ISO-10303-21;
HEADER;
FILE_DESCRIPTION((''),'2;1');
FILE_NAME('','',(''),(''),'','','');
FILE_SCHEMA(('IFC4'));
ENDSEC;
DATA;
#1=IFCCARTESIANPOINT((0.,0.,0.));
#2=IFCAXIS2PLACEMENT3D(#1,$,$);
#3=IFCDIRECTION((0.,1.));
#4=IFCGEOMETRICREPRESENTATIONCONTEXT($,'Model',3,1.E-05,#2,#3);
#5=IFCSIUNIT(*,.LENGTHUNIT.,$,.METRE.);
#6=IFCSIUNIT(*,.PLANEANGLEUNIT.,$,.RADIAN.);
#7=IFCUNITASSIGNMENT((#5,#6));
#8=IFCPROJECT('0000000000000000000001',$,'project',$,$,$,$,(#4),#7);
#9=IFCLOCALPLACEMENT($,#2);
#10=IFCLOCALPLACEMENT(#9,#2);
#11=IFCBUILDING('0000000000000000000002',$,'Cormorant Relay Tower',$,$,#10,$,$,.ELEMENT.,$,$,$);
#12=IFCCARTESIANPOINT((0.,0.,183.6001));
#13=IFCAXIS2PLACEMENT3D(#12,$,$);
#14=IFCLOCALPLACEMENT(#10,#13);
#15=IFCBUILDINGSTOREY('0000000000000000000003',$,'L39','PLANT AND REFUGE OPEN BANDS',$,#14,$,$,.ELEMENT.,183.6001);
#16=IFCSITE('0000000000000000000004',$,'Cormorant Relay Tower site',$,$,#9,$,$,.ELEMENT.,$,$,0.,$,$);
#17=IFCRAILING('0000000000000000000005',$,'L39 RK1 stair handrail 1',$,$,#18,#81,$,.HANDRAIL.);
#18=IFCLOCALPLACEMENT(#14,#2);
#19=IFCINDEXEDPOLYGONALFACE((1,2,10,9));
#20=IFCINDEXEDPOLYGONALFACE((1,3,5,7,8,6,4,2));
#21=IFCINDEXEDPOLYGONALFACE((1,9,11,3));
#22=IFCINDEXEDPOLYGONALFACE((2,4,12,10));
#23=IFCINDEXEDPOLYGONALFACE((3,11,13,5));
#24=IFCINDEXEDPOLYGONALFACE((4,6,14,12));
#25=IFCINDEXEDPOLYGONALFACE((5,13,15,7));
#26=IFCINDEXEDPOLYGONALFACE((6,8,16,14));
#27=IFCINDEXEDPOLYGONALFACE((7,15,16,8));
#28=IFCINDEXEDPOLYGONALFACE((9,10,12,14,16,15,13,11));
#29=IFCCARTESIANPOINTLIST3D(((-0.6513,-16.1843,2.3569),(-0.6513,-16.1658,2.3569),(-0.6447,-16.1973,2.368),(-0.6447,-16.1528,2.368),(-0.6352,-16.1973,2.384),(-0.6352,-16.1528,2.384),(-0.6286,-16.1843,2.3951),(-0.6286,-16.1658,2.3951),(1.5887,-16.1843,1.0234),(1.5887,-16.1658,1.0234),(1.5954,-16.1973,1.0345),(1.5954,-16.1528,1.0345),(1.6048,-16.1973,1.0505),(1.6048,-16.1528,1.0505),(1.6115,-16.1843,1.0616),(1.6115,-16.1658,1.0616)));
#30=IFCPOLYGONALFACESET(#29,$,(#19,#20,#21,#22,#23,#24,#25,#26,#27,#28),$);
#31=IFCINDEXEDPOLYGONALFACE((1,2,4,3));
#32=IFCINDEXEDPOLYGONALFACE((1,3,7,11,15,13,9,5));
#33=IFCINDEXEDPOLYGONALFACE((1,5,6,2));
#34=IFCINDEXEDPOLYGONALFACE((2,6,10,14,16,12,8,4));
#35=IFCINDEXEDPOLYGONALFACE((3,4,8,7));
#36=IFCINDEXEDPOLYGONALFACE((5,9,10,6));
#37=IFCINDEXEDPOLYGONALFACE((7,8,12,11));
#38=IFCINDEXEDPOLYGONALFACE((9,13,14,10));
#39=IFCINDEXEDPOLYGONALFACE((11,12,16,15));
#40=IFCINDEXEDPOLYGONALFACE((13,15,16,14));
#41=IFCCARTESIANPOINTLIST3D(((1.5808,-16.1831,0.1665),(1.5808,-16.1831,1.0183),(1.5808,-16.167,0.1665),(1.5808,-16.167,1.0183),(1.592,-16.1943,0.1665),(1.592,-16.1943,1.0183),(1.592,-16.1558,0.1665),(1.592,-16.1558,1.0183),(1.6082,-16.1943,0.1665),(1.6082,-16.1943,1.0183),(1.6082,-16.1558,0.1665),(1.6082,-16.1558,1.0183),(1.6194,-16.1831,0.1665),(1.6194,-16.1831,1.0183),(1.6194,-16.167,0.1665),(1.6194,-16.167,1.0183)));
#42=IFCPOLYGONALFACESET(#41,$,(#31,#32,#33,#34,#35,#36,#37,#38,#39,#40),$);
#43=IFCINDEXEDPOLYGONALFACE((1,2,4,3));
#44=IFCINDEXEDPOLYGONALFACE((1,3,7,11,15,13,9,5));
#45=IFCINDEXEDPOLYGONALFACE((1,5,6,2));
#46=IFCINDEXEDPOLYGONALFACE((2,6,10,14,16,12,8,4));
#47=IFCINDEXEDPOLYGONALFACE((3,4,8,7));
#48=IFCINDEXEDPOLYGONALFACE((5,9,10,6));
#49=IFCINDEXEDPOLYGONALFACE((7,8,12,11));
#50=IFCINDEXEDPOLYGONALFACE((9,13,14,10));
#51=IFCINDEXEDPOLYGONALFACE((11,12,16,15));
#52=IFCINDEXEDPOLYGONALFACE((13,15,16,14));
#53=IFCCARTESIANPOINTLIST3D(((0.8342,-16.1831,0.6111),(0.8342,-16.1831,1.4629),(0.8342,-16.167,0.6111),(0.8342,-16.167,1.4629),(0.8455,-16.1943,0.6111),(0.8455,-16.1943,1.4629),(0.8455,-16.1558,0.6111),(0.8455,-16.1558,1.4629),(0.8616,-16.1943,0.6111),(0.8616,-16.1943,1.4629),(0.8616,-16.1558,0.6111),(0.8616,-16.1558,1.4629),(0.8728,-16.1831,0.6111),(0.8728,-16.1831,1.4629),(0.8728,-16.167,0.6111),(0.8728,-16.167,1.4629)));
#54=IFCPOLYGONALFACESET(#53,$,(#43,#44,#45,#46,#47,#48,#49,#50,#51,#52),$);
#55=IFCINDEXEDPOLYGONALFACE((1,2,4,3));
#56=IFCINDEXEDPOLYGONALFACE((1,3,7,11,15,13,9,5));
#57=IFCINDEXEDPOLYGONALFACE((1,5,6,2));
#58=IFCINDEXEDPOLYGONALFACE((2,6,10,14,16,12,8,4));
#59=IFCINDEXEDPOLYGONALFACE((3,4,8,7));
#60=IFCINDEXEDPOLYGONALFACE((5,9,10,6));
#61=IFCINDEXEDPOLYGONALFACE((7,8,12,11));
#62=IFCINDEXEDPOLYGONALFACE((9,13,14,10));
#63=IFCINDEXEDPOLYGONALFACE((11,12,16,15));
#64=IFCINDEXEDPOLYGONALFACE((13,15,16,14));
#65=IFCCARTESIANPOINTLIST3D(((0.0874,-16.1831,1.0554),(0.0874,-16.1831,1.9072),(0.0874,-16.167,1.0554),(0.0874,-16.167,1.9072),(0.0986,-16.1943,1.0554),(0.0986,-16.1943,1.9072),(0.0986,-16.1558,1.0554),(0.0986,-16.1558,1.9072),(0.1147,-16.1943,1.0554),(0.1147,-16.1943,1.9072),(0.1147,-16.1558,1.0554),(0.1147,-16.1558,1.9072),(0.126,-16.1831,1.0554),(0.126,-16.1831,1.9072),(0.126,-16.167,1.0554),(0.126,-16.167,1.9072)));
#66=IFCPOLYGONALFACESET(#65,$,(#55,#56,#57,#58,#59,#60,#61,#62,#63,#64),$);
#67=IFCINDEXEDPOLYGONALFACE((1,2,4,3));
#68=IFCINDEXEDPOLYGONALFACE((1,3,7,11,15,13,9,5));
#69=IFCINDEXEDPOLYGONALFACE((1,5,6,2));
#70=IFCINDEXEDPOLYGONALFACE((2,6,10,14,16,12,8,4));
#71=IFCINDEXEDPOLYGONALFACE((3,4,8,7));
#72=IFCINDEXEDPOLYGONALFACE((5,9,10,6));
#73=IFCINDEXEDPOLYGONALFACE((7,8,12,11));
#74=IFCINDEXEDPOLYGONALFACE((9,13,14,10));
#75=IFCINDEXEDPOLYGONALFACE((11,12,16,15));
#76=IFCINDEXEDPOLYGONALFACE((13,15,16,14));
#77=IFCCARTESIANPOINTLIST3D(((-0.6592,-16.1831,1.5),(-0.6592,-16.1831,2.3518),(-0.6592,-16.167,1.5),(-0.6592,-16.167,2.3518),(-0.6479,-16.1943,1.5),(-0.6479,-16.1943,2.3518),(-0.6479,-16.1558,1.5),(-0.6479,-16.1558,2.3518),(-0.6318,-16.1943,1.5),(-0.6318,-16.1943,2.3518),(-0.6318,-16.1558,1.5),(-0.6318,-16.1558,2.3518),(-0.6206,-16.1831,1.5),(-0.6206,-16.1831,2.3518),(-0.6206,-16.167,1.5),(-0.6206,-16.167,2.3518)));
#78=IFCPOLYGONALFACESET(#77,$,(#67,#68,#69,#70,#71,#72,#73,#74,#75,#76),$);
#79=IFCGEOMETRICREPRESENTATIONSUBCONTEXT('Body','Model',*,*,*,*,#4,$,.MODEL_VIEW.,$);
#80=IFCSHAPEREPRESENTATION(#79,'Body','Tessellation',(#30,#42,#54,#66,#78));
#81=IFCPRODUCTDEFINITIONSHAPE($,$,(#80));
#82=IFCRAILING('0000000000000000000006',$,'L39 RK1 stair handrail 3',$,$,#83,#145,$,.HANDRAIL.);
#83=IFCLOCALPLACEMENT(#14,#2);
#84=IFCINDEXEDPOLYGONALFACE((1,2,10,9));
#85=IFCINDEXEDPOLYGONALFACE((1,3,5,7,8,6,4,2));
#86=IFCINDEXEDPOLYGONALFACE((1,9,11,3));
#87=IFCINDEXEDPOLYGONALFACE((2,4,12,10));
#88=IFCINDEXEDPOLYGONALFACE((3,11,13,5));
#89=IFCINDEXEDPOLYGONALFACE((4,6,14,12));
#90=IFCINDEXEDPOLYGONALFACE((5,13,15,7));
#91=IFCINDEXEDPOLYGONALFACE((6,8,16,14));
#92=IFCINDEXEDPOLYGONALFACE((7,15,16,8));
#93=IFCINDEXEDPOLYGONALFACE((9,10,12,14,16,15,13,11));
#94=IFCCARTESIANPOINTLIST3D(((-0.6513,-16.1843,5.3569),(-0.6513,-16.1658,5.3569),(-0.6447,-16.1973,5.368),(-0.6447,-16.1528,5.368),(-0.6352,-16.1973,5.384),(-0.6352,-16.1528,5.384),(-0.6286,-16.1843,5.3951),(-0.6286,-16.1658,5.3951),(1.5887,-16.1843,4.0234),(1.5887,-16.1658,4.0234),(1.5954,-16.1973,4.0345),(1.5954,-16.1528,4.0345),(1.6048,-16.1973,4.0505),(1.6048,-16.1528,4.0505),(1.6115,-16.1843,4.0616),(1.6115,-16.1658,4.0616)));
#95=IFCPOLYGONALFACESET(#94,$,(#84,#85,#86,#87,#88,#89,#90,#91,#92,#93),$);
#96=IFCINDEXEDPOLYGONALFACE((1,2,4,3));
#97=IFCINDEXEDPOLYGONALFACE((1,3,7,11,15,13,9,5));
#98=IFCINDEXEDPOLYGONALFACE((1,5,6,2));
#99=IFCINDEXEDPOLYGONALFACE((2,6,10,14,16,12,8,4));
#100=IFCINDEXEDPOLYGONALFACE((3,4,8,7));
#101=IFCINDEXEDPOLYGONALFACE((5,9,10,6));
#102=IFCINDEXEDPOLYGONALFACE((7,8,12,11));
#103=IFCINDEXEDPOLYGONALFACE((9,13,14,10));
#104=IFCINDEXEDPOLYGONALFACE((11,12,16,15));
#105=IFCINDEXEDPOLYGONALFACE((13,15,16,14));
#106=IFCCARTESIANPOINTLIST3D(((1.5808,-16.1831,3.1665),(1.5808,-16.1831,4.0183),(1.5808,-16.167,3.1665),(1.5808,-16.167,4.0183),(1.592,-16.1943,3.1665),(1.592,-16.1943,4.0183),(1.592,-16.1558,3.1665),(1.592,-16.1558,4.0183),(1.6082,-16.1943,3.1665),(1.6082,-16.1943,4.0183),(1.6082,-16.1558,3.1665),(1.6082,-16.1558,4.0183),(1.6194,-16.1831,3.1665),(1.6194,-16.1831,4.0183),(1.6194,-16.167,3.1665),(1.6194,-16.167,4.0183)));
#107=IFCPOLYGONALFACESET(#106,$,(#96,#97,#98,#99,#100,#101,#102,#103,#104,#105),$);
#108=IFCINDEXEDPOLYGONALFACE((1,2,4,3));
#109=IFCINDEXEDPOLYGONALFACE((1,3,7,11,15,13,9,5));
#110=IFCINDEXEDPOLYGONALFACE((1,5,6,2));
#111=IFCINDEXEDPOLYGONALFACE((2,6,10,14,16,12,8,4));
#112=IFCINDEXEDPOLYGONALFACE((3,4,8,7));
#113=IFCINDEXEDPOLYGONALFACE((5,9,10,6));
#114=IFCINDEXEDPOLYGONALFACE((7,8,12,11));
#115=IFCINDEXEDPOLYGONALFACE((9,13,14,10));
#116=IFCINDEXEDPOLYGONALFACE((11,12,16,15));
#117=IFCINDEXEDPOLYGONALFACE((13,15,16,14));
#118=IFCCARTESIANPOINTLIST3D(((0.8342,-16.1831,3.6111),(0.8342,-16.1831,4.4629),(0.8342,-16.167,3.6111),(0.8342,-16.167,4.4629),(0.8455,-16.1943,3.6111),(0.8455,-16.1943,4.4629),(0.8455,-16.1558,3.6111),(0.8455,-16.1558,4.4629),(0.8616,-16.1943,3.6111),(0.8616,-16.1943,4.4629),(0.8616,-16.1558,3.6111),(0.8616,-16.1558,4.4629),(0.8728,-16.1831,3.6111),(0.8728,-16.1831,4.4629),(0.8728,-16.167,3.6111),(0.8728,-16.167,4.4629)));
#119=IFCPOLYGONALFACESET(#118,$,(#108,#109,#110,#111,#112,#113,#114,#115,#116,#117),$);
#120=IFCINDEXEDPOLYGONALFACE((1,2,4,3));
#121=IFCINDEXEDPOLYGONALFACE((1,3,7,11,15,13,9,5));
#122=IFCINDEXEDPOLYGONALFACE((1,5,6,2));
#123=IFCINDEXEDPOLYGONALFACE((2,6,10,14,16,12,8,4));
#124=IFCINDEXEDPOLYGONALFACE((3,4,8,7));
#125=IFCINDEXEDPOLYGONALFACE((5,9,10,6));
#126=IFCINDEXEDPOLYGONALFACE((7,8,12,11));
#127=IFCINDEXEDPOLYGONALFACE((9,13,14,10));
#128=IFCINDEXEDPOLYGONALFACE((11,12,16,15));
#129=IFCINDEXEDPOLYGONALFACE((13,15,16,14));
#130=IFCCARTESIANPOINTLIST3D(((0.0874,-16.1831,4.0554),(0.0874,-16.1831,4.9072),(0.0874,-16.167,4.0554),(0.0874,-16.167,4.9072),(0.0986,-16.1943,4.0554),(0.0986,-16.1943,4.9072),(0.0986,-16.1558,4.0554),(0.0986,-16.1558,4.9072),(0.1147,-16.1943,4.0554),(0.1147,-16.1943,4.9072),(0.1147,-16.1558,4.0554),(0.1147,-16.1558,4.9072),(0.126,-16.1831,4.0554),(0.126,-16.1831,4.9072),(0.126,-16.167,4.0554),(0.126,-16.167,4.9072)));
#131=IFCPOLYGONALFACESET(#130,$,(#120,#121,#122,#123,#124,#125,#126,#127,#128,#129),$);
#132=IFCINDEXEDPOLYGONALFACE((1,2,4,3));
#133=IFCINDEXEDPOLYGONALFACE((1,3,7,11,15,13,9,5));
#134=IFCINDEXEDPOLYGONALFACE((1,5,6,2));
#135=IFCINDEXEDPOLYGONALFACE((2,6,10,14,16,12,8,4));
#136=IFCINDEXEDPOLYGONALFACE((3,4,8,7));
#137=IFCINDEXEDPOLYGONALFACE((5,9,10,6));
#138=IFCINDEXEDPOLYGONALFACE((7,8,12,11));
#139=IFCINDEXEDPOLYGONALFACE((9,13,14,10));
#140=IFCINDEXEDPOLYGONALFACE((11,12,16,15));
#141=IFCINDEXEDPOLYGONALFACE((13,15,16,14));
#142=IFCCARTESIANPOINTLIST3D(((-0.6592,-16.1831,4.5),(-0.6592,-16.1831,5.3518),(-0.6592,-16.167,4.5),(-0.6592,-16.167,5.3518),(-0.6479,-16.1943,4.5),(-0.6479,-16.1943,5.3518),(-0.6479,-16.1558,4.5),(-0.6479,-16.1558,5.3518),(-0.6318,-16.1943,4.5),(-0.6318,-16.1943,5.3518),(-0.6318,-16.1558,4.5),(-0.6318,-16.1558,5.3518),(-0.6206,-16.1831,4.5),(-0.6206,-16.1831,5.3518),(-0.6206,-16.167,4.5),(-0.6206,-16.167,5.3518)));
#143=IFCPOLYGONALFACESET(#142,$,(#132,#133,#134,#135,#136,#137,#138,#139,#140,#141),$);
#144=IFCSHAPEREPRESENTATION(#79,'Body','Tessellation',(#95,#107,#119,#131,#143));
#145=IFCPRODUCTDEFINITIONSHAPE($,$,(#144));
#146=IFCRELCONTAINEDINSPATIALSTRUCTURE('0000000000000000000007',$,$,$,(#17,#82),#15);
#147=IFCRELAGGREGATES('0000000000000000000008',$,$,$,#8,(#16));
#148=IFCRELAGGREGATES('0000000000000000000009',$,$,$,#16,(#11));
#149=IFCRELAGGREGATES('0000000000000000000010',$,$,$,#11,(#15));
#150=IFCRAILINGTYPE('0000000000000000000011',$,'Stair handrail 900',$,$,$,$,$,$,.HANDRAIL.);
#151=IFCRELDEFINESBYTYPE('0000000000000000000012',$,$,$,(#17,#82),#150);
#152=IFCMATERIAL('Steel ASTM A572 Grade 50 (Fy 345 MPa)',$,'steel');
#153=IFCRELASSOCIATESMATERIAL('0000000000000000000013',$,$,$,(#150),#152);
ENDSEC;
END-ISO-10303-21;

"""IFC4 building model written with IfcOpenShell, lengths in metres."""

from ifc_helpers import new_model, si_unit, direction, frame, origin, place, context, subcontext, project, spatial, polyline, outline, extrude, material, type_object, element, save


model = new_model("IFC4")

# Units and contexts
model_context = context("Model", 3, precision=1e-05, world=origin(), true_north=direction((0.0, 1.0)))
body_context = subcontext(model_context, "Body", "Model", "MODEL_VIEW")
ifc_project = project(units=[si_unit("LENGTHUNIT", "METRE"), si_unit("PLANEANGLEUNIT", "RADIAN")], contexts=[model_context])

# Site, building, storey
site_placement = place(None, origin())
site = spatial("IfcSite", under=ifc_project, at=site_placement, Name="Cormorant Relay Tower site", CompositionType="ELEMENT", RefElevation=0.0)
building_placement = place(site_placement, origin())
building = spatial("IfcBuilding", under=site, at=building_placement, Name="Cormorant Relay Tower", CompositionType="ELEMENT")
storey_placement = place(building_placement, frame((0.0, 0.0, 183.6001)))
storey = spatial("IfcBuildingStorey", under=building, at=storey_placement, Name="L39", Description="PLANT AND REFUGE OPEN BANDS", CompositionType="ELEMENT", Elevation=183.6001)

# Railings
ifc_material_1 = material(Name="Steel ASTM A572 Grade 50 (Fy 345 MPa)", Category="steel")
railing_type_1 = type_object("IfcRailingType", Name="Stair handrail 900", PredefinedType="HANDRAIL", material=ifc_material_1)
railing_1_placement = place(storey_placement, frame((1.6001, -16.175, 0.1665)))
element("IfcRailing", 1, at=railing_1_placement, inside=storey, type_object=railing_type_1, Name="L39 RK1 stair handrail 1", PredefinedType="HANDRAIL", context=body_context, shape_type="SweptSolid", body=[
    extrude(outline(polyline([(0.0222, 0.0093), (0.0093, 0.0222), (-0.0093, 0.0222), (-0.0222, 0.0093), (-0.0222, -0.0093), (-0.0093, -0.0222), (0.0093, -0.0222), (0.0222, -0.0093), (0.0222, 0.0093)])), frame((0.0, 0.0, 0.876), z_axis=(-0.859264, 0.0, 0.511532), x_axis=(0.0, -1.0, 0.0)), (0.0, 0.0, 1.0), 2.6069),
    extrude(outline(polyline([(0.0193, 0.0081), (0.0081, 0.0193), (-0.0081, 0.0193), (-0.0193, 0.0081), (-0.0193, -0.0081), (-0.0081, -0.0193), (0.0081, -0.0193), (0.0193, -0.0081), (0.0193, 0.0081)])), origin(), (0.0, 0.0, 1.0), 0.8518),
    extrude(outline(polyline([(0.0193, 0.0081), (0.0081, 0.0193), (-0.0081, 0.0193), (-0.0193, 0.0081), (-0.0193, -0.0081), (-0.0081, -0.0193), (0.0081, -0.0193), (0.0193, -0.0081), (0.0193, 0.0081)])), frame((-0.7466, 0.0, 0.4446)), (0.0, 0.0, 1.0), 0.8518),
    extrude(outline(polyline([(0.0193, 0.0081), (0.0081, 0.0193), (-0.0081, 0.0193), (-0.0193, 0.0081), (-0.0193, -0.0081), (-0.0081, -0.0193), (0.0081, -0.0193), (0.0193, -0.0081), (0.0193, 0.0081)])), frame((-1.4934, 0.0, 0.8889)), (0.0, 0.0, 1.0), 0.8518),
    extrude(outline(polyline([(0.0193, 0.0081), (0.0081, 0.0193), (-0.0081, 0.0193), (-0.0193, 0.0081), (-0.0193, -0.0081), (-0.0081, -0.0193), (0.0081, -0.0193), (0.0193, -0.0081), (0.0193, 0.0081)])), frame((-2.24, 0.0, 1.3335)), (0.0, 0.0, 1.0), 0.8518),
])
railing_2_placement = place(storey_placement, frame((1.6001, -16.175, 3.1665)))
element("IfcRailing", 2, at=railing_2_placement, inside=storey, type_object=railing_type_1, Name="L39 RK1 stair handrail 3", PredefinedType="HANDRAIL", context=body_context, shape_type="SweptSolid", body=[
    extrude(outline(polyline([(0.0222, 0.0093), (0.0093, 0.0222), (-0.0093, 0.0222), (-0.0222, 0.0093), (-0.0222, -0.0093), (-0.0093, -0.0222), (0.0093, -0.0222), (0.0222, -0.0093), (0.0222, 0.0093)])), frame((0.0, 0.0, 0.876), z_axis=(-0.859264, 0.0, 0.511532), x_axis=(0.0, -1.0, 0.0)), (0.0, 0.0, 1.0), 2.6069),
    extrude(outline(polyline([(0.0193, 0.0081), (0.0081, 0.0193), (-0.0081, 0.0193), (-0.0193, 0.0081), (-0.0193, -0.0081), (-0.0081, -0.0193), (0.0081, -0.0193), (0.0193, -0.0081), (0.0193, 0.0081)])), origin(), (0.0, 0.0, 1.0), 0.8518),
    extrude(outline(polyline([(0.0193, 0.0081), (0.0081, 0.0193), (-0.0081, 0.0193), (-0.0193, 0.0081), (-0.0193, -0.0081), (-0.0081, -0.0193), (0.0081, -0.0193), (0.0193, -0.0081), (0.0193, 0.0081)])), frame((-0.7466, 0.0, 0.4446)), (0.0, 0.0, 1.0), 0.8518),
    extrude(outline(polyline([(0.0193, 0.0081), (0.0081, 0.0193), (-0.0081, 0.0193), (-0.0193, 0.0081), (-0.0193, -0.0081), (-0.0081, -0.0193), (0.0081, -0.0193), (0.0193, -0.0081), (0.0193, 0.0081)])), frame((-1.4934, 0.0, 0.8889)), (0.0, 0.0, 1.0), 0.8518),
    extrude(outline(polyline([(0.0193, 0.0081), (0.0081, 0.0193), (-0.0081, 0.0193), (-0.0193, 0.0081), (-0.0193, -0.0081), (-0.0081, -0.0193), (0.0081, -0.0193), (0.0193, -0.0081), (0.0193, 0.0081)])), frame((-2.24, 0.0, 1.3335)), (0.0, 0.0, 1.0), 0.8518),
])

save(model, "model.ifc")
